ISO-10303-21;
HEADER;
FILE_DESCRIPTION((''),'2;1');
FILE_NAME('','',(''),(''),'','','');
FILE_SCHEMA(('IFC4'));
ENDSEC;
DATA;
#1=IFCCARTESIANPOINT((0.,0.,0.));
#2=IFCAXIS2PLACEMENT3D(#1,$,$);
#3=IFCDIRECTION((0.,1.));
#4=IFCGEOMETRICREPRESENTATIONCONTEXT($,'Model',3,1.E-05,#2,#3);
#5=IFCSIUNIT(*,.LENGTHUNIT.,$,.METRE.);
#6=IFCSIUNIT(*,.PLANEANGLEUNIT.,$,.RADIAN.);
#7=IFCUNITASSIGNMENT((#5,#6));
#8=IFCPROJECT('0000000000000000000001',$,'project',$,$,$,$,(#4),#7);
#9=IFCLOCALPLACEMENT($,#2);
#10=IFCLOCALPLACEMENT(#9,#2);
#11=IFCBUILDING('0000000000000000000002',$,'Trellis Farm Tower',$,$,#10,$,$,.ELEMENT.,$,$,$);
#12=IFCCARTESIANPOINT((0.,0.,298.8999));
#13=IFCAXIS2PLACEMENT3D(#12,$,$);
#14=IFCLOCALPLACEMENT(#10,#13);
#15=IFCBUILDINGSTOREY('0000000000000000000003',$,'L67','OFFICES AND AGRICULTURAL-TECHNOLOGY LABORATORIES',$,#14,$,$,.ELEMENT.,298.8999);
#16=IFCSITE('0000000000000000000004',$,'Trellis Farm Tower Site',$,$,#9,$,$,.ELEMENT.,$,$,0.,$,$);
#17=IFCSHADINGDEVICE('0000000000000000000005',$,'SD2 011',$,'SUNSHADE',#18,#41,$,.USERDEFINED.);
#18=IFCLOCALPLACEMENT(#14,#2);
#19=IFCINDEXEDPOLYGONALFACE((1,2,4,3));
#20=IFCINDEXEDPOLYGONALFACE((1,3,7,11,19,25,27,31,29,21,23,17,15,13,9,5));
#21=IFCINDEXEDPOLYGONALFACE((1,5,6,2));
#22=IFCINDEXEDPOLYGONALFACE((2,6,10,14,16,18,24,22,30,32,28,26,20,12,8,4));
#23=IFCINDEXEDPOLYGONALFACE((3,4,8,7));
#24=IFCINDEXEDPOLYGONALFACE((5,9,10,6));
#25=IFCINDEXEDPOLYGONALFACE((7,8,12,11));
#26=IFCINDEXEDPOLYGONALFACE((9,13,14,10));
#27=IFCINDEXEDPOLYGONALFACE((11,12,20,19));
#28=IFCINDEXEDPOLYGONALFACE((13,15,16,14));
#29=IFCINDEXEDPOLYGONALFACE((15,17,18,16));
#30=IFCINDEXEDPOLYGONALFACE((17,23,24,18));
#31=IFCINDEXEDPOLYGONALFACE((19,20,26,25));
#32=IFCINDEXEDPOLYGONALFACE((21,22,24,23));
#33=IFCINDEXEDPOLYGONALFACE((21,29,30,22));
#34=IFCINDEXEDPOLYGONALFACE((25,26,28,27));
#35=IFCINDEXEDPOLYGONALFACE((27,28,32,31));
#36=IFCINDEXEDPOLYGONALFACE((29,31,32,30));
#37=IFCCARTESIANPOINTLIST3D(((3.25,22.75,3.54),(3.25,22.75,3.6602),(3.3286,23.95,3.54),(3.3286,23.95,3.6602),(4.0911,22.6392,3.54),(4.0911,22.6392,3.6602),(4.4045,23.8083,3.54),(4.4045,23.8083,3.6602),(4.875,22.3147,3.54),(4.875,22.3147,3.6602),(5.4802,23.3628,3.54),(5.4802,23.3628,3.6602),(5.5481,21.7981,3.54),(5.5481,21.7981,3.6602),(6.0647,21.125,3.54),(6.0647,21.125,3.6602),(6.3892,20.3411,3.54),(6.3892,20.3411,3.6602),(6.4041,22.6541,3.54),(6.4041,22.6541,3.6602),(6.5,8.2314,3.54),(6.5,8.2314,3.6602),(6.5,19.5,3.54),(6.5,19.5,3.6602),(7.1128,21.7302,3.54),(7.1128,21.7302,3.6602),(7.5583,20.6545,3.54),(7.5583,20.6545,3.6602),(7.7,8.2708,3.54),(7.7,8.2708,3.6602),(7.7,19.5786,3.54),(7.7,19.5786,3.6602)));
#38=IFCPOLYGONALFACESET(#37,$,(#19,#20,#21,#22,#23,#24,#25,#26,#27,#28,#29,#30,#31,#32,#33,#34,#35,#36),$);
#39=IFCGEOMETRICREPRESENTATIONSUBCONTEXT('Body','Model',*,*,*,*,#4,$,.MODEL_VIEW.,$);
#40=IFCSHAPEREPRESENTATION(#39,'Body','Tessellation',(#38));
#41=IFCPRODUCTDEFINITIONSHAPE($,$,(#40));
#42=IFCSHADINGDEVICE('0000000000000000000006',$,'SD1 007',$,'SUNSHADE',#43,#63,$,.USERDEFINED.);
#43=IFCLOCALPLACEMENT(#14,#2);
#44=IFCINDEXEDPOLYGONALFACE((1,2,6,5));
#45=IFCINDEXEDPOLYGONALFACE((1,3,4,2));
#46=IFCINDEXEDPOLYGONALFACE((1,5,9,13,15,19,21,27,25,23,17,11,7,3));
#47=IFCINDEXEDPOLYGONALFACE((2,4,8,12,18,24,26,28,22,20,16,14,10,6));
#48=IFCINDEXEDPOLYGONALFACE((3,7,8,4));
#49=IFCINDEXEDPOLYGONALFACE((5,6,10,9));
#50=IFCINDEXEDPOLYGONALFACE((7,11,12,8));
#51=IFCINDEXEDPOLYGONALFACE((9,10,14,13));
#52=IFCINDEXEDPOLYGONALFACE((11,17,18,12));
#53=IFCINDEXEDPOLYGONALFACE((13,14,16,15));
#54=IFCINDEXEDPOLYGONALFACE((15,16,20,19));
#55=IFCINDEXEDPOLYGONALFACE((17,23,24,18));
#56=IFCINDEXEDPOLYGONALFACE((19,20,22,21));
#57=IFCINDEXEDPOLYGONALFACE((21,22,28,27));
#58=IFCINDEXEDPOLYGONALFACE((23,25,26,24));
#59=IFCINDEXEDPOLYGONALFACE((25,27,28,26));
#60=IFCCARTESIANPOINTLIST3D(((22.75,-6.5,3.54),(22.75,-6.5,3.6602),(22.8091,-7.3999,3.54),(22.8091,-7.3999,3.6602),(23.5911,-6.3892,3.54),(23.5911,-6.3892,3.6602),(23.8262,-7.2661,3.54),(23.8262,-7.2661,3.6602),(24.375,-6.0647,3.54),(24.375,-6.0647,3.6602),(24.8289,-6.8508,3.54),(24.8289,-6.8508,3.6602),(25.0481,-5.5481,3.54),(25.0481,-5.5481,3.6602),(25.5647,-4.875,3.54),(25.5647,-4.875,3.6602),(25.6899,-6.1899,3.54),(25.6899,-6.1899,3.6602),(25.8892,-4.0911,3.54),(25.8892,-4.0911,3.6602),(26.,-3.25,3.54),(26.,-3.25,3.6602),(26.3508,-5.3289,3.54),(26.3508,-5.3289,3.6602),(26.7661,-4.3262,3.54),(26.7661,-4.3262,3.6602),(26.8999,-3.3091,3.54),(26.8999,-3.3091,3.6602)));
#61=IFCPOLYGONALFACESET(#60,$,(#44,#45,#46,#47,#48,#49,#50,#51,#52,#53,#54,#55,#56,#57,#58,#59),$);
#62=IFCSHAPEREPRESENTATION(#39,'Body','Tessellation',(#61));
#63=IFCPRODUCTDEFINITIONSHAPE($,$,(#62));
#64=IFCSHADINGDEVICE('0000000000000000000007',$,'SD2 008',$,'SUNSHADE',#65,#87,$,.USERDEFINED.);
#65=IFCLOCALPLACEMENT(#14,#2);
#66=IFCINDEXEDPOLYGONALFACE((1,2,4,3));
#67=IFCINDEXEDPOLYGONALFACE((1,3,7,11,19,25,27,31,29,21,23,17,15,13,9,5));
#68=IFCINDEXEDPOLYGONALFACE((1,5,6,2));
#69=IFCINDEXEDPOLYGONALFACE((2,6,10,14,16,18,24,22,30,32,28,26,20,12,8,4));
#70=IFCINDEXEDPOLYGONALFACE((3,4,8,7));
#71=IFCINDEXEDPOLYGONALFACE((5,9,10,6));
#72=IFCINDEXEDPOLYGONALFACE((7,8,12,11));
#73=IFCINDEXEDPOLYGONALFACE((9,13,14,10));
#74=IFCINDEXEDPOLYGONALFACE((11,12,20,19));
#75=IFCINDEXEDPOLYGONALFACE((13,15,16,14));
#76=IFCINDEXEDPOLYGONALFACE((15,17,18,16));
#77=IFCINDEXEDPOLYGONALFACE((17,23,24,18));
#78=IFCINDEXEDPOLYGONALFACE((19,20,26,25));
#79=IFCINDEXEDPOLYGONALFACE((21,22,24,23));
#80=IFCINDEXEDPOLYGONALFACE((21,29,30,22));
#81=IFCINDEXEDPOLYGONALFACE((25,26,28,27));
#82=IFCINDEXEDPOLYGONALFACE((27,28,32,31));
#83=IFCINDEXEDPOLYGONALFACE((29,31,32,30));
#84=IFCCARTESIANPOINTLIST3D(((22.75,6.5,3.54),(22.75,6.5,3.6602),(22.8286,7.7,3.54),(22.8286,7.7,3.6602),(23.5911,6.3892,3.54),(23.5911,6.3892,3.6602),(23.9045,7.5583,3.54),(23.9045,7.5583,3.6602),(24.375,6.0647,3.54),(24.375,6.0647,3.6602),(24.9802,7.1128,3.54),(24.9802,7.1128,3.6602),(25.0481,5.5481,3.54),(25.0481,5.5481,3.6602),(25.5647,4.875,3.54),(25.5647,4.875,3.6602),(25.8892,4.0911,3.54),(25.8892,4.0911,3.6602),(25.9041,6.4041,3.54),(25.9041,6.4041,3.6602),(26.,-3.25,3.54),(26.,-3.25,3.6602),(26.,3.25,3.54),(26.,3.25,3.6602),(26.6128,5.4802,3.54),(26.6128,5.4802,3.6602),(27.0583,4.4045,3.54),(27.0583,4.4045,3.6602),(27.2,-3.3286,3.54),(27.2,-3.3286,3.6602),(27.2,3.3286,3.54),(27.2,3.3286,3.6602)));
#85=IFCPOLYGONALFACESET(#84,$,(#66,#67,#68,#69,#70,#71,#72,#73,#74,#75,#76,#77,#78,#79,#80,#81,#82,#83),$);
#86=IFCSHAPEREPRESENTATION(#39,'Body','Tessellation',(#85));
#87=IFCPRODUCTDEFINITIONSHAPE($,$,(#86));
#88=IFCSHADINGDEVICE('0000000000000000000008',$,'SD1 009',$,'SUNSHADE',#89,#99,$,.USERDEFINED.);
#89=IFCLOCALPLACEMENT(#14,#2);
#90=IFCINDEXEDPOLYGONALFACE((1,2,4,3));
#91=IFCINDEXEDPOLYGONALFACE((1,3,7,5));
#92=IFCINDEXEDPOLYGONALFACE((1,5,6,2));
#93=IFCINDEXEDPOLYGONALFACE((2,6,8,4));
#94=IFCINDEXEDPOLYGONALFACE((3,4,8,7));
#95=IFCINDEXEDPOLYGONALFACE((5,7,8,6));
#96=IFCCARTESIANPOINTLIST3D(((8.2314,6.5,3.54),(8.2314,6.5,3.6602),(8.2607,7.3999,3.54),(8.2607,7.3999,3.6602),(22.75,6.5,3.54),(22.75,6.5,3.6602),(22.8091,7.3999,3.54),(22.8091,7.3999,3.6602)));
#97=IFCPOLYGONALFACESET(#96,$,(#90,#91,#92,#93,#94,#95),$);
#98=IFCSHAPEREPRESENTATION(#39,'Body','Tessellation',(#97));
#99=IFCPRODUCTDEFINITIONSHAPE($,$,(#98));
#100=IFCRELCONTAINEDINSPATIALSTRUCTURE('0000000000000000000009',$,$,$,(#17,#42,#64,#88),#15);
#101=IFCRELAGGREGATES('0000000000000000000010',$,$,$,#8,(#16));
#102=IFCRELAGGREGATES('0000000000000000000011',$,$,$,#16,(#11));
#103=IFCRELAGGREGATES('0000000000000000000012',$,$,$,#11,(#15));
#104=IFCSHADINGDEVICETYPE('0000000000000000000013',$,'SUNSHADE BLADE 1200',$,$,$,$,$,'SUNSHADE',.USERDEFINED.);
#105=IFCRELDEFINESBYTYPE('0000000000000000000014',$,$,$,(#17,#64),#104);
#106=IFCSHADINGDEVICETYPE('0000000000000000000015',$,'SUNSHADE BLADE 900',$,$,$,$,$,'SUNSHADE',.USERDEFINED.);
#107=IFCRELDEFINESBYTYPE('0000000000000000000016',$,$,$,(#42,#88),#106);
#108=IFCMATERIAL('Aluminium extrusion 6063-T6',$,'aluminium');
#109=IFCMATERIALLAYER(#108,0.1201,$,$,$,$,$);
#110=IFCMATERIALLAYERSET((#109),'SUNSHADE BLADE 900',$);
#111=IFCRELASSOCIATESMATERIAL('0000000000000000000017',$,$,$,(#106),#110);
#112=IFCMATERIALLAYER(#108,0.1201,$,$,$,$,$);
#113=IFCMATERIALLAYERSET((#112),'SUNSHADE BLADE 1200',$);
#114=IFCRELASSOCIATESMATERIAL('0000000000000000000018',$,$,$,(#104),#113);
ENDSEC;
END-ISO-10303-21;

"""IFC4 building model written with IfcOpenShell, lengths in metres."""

from ifc_helpers import new_model, si_unit, direction, frame, origin, place, context, subcontext, project, spatial, polyline, outline, extrude, source, transform, mapped, material, layer, layer_set, type_object, element, save


model = new_model("IFC4")

# Units and contexts
model_context = context("Model", 3, precision=1e-05, world=origin(), true_north=direction((0.0, 1.0)))
body_context = subcontext(model_context, "Body", "Model", "MODEL_VIEW")
ifc_project = project(units=[si_unit("LENGTHUNIT", "METRE"), si_unit("PLANEANGLEUNIT", "RADIAN")], contexts=[model_context])

# Site, building, storey
site_placement = place(None, origin())
site = spatial("IfcSite", under=ifc_project, at=site_placement, Name="Trellis Farm Tower Site", CompositionType="ELEMENT", RefElevation=0.0)
building_placement = place(site_placement, origin())
building = spatial("IfcBuilding", under=site, at=building_placement, Name="Trellis Farm Tower", CompositionType="ELEMENT")
storey_placement = place(building_placement, frame((0.0, 0.0, 298.8999)))
storey = spatial("IfcBuildingStorey", under=building, at=storey_placement, Name="L67", Description="OFFICES AND AGRICULTURAL-TECHNOLOGY LABORATORIES", CompositionType="ELEMENT", Elevation=298.8999)

# Shared definitions
ifc_material_1 = material(Name="Aluminium extrusion 6063-T6", Category="aluminium")

# Shading devices
ifc_layer_1 = layer(ifc_material_1, 0.1201)
ifc_layer_set_1 = layer_set([ifc_layer_1], Name="SUNSHADE BLADE 900")
shading_device_type_1 = type_object("IfcShadingDeviceType", Name="SUNSHADE BLADE 900", ElementType="SUNSHADE", PredefinedType="USERDEFINED", material=ifc_layer_set_1)
placement_1 = place(storey_placement, frame((0.0, 0.0, 3.54)))
ifc_layer_2 = layer(ifc_material_1, 0.1201)
ifc_layer_set_2 = layer_set([ifc_layer_2], Name="SUNSHADE BLADE 1200")
shading_device_type_2 = type_object("IfcShadingDeviceType", Name="SUNSHADE BLADE 1200", ElementType="SUNSHADE", PredefinedType="USERDEFINED", material=ifc_layer_set_2)
shared_shape_1 = source(origin(), body_context, "Body", "SweptSolid", [
    extrude(outline(polyline([(7.7, 8.2708), (7.7, 19.5786), (7.5583, 20.6545), (7.1128, 21.7302), (6.4041, 22.6541), (5.4802, 23.3628), (4.4045, 23.8083), (3.3286, 23.95), (3.25, 22.75), (4.0911, 22.6392), (4.875, 22.3147), (5.5481, 21.7981), (6.0647, 21.125), (6.3892, 20.3411), (6.5, 19.5), (6.5, 8.2314), (7.7, 8.2708)])), origin(), (0.0, 0.0, 1.0), 0.1201),
])
element("IfcShadingDevice", 1, at=placement_1, inside=storey, type_object=shading_device_type_2, Name="SD2 011", ObjectType="SUNSHADE", PredefinedType="USERDEFINED", context=body_context, shape_type="MappedRepresentation", body=[
    mapped(shared_shape_1, transform((0.0, 0.0, 0.0))),
])
shared_shape_2 = source(origin(), body_context, "Body", "SweptSolid", [
    extrude(outline(polyline([(22.8091, -7.3999), (23.8262, -7.2661), (24.8289, -6.8508), (25.6899, -6.1899), (26.3508, -5.3289), (26.7661, -4.3262), (26.8999, -3.3091), (26.0, -3.25), (25.8892, -4.0911), (25.5647, -4.875), (25.0481, -5.5481), (24.375, -6.0647), (23.5911, -6.3892), (22.75, -6.5), (22.8091, -7.3999)])), origin(), (0.0, 0.0, 1.0), 0.1201),
])
element("IfcShadingDevice", 2, at=placement_1, inside=storey, type_object=shading_device_type_1, Name="SD1 007", ObjectType="SUNSHADE", PredefinedType="USERDEFINED", context=body_context, shape_type="MappedRepresentation", body=[
    mapped(shared_shape_2, transform((0.0, 0.0, 0.0))),
])
shared_shape_3 = source(origin(), body_context, "Body", "SweptSolid", [
    extrude(outline(polyline([(27.2, -3.3286), (27.2, 3.3286), (27.0583, 4.4045), (26.6128, 5.4802), (25.9041, 6.4041), (24.9802, 7.1128), (23.9045, 7.5583), (22.8286, 7.7), (22.75, 6.5), (23.5911, 6.3892), (24.375, 6.0647), (25.0481, 5.5481), (25.5647, 4.875), (25.8892, 4.0911), (26.0, 3.25), (26.0, -3.25), (27.2, -3.3286)])), origin(), (0.0, 0.0, 1.0), 0.1201),
])
element("IfcShadingDevice", 3, at=placement_1, inside=storey, type_object=shading_device_type_2, Name="SD2 008", ObjectType="SUNSHADE", PredefinedType="USERDEFINED", context=body_context, shape_type="MappedRepresentation", body=[
    mapped(shared_shape_3, transform((0.0, 0.0, 0.0))),
])
shared_shape_4 = source(origin(), body_context, "Body", "SweptSolid", [
    extrude(outline(polyline([(22.8091, 7.3999), (8.2607, 7.3999), (8.2314, 6.5), (22.75, 6.5), (22.8091, 7.3999)])), origin(), (0.0, 0.0, 1.0), 0.1201),
])
element("IfcShadingDevice", 4, at=placement_1, inside=storey, type_object=shading_device_type_1, Name="SD1 009", ObjectType="SUNSHADE", PredefinedType="USERDEFINED", context=body_context, shape_type="MappedRepresentation", body=[
    mapped(shared_shape_4, transform((0.0, 0.0, 0.0))),
])

save(model, "model.ifc")
